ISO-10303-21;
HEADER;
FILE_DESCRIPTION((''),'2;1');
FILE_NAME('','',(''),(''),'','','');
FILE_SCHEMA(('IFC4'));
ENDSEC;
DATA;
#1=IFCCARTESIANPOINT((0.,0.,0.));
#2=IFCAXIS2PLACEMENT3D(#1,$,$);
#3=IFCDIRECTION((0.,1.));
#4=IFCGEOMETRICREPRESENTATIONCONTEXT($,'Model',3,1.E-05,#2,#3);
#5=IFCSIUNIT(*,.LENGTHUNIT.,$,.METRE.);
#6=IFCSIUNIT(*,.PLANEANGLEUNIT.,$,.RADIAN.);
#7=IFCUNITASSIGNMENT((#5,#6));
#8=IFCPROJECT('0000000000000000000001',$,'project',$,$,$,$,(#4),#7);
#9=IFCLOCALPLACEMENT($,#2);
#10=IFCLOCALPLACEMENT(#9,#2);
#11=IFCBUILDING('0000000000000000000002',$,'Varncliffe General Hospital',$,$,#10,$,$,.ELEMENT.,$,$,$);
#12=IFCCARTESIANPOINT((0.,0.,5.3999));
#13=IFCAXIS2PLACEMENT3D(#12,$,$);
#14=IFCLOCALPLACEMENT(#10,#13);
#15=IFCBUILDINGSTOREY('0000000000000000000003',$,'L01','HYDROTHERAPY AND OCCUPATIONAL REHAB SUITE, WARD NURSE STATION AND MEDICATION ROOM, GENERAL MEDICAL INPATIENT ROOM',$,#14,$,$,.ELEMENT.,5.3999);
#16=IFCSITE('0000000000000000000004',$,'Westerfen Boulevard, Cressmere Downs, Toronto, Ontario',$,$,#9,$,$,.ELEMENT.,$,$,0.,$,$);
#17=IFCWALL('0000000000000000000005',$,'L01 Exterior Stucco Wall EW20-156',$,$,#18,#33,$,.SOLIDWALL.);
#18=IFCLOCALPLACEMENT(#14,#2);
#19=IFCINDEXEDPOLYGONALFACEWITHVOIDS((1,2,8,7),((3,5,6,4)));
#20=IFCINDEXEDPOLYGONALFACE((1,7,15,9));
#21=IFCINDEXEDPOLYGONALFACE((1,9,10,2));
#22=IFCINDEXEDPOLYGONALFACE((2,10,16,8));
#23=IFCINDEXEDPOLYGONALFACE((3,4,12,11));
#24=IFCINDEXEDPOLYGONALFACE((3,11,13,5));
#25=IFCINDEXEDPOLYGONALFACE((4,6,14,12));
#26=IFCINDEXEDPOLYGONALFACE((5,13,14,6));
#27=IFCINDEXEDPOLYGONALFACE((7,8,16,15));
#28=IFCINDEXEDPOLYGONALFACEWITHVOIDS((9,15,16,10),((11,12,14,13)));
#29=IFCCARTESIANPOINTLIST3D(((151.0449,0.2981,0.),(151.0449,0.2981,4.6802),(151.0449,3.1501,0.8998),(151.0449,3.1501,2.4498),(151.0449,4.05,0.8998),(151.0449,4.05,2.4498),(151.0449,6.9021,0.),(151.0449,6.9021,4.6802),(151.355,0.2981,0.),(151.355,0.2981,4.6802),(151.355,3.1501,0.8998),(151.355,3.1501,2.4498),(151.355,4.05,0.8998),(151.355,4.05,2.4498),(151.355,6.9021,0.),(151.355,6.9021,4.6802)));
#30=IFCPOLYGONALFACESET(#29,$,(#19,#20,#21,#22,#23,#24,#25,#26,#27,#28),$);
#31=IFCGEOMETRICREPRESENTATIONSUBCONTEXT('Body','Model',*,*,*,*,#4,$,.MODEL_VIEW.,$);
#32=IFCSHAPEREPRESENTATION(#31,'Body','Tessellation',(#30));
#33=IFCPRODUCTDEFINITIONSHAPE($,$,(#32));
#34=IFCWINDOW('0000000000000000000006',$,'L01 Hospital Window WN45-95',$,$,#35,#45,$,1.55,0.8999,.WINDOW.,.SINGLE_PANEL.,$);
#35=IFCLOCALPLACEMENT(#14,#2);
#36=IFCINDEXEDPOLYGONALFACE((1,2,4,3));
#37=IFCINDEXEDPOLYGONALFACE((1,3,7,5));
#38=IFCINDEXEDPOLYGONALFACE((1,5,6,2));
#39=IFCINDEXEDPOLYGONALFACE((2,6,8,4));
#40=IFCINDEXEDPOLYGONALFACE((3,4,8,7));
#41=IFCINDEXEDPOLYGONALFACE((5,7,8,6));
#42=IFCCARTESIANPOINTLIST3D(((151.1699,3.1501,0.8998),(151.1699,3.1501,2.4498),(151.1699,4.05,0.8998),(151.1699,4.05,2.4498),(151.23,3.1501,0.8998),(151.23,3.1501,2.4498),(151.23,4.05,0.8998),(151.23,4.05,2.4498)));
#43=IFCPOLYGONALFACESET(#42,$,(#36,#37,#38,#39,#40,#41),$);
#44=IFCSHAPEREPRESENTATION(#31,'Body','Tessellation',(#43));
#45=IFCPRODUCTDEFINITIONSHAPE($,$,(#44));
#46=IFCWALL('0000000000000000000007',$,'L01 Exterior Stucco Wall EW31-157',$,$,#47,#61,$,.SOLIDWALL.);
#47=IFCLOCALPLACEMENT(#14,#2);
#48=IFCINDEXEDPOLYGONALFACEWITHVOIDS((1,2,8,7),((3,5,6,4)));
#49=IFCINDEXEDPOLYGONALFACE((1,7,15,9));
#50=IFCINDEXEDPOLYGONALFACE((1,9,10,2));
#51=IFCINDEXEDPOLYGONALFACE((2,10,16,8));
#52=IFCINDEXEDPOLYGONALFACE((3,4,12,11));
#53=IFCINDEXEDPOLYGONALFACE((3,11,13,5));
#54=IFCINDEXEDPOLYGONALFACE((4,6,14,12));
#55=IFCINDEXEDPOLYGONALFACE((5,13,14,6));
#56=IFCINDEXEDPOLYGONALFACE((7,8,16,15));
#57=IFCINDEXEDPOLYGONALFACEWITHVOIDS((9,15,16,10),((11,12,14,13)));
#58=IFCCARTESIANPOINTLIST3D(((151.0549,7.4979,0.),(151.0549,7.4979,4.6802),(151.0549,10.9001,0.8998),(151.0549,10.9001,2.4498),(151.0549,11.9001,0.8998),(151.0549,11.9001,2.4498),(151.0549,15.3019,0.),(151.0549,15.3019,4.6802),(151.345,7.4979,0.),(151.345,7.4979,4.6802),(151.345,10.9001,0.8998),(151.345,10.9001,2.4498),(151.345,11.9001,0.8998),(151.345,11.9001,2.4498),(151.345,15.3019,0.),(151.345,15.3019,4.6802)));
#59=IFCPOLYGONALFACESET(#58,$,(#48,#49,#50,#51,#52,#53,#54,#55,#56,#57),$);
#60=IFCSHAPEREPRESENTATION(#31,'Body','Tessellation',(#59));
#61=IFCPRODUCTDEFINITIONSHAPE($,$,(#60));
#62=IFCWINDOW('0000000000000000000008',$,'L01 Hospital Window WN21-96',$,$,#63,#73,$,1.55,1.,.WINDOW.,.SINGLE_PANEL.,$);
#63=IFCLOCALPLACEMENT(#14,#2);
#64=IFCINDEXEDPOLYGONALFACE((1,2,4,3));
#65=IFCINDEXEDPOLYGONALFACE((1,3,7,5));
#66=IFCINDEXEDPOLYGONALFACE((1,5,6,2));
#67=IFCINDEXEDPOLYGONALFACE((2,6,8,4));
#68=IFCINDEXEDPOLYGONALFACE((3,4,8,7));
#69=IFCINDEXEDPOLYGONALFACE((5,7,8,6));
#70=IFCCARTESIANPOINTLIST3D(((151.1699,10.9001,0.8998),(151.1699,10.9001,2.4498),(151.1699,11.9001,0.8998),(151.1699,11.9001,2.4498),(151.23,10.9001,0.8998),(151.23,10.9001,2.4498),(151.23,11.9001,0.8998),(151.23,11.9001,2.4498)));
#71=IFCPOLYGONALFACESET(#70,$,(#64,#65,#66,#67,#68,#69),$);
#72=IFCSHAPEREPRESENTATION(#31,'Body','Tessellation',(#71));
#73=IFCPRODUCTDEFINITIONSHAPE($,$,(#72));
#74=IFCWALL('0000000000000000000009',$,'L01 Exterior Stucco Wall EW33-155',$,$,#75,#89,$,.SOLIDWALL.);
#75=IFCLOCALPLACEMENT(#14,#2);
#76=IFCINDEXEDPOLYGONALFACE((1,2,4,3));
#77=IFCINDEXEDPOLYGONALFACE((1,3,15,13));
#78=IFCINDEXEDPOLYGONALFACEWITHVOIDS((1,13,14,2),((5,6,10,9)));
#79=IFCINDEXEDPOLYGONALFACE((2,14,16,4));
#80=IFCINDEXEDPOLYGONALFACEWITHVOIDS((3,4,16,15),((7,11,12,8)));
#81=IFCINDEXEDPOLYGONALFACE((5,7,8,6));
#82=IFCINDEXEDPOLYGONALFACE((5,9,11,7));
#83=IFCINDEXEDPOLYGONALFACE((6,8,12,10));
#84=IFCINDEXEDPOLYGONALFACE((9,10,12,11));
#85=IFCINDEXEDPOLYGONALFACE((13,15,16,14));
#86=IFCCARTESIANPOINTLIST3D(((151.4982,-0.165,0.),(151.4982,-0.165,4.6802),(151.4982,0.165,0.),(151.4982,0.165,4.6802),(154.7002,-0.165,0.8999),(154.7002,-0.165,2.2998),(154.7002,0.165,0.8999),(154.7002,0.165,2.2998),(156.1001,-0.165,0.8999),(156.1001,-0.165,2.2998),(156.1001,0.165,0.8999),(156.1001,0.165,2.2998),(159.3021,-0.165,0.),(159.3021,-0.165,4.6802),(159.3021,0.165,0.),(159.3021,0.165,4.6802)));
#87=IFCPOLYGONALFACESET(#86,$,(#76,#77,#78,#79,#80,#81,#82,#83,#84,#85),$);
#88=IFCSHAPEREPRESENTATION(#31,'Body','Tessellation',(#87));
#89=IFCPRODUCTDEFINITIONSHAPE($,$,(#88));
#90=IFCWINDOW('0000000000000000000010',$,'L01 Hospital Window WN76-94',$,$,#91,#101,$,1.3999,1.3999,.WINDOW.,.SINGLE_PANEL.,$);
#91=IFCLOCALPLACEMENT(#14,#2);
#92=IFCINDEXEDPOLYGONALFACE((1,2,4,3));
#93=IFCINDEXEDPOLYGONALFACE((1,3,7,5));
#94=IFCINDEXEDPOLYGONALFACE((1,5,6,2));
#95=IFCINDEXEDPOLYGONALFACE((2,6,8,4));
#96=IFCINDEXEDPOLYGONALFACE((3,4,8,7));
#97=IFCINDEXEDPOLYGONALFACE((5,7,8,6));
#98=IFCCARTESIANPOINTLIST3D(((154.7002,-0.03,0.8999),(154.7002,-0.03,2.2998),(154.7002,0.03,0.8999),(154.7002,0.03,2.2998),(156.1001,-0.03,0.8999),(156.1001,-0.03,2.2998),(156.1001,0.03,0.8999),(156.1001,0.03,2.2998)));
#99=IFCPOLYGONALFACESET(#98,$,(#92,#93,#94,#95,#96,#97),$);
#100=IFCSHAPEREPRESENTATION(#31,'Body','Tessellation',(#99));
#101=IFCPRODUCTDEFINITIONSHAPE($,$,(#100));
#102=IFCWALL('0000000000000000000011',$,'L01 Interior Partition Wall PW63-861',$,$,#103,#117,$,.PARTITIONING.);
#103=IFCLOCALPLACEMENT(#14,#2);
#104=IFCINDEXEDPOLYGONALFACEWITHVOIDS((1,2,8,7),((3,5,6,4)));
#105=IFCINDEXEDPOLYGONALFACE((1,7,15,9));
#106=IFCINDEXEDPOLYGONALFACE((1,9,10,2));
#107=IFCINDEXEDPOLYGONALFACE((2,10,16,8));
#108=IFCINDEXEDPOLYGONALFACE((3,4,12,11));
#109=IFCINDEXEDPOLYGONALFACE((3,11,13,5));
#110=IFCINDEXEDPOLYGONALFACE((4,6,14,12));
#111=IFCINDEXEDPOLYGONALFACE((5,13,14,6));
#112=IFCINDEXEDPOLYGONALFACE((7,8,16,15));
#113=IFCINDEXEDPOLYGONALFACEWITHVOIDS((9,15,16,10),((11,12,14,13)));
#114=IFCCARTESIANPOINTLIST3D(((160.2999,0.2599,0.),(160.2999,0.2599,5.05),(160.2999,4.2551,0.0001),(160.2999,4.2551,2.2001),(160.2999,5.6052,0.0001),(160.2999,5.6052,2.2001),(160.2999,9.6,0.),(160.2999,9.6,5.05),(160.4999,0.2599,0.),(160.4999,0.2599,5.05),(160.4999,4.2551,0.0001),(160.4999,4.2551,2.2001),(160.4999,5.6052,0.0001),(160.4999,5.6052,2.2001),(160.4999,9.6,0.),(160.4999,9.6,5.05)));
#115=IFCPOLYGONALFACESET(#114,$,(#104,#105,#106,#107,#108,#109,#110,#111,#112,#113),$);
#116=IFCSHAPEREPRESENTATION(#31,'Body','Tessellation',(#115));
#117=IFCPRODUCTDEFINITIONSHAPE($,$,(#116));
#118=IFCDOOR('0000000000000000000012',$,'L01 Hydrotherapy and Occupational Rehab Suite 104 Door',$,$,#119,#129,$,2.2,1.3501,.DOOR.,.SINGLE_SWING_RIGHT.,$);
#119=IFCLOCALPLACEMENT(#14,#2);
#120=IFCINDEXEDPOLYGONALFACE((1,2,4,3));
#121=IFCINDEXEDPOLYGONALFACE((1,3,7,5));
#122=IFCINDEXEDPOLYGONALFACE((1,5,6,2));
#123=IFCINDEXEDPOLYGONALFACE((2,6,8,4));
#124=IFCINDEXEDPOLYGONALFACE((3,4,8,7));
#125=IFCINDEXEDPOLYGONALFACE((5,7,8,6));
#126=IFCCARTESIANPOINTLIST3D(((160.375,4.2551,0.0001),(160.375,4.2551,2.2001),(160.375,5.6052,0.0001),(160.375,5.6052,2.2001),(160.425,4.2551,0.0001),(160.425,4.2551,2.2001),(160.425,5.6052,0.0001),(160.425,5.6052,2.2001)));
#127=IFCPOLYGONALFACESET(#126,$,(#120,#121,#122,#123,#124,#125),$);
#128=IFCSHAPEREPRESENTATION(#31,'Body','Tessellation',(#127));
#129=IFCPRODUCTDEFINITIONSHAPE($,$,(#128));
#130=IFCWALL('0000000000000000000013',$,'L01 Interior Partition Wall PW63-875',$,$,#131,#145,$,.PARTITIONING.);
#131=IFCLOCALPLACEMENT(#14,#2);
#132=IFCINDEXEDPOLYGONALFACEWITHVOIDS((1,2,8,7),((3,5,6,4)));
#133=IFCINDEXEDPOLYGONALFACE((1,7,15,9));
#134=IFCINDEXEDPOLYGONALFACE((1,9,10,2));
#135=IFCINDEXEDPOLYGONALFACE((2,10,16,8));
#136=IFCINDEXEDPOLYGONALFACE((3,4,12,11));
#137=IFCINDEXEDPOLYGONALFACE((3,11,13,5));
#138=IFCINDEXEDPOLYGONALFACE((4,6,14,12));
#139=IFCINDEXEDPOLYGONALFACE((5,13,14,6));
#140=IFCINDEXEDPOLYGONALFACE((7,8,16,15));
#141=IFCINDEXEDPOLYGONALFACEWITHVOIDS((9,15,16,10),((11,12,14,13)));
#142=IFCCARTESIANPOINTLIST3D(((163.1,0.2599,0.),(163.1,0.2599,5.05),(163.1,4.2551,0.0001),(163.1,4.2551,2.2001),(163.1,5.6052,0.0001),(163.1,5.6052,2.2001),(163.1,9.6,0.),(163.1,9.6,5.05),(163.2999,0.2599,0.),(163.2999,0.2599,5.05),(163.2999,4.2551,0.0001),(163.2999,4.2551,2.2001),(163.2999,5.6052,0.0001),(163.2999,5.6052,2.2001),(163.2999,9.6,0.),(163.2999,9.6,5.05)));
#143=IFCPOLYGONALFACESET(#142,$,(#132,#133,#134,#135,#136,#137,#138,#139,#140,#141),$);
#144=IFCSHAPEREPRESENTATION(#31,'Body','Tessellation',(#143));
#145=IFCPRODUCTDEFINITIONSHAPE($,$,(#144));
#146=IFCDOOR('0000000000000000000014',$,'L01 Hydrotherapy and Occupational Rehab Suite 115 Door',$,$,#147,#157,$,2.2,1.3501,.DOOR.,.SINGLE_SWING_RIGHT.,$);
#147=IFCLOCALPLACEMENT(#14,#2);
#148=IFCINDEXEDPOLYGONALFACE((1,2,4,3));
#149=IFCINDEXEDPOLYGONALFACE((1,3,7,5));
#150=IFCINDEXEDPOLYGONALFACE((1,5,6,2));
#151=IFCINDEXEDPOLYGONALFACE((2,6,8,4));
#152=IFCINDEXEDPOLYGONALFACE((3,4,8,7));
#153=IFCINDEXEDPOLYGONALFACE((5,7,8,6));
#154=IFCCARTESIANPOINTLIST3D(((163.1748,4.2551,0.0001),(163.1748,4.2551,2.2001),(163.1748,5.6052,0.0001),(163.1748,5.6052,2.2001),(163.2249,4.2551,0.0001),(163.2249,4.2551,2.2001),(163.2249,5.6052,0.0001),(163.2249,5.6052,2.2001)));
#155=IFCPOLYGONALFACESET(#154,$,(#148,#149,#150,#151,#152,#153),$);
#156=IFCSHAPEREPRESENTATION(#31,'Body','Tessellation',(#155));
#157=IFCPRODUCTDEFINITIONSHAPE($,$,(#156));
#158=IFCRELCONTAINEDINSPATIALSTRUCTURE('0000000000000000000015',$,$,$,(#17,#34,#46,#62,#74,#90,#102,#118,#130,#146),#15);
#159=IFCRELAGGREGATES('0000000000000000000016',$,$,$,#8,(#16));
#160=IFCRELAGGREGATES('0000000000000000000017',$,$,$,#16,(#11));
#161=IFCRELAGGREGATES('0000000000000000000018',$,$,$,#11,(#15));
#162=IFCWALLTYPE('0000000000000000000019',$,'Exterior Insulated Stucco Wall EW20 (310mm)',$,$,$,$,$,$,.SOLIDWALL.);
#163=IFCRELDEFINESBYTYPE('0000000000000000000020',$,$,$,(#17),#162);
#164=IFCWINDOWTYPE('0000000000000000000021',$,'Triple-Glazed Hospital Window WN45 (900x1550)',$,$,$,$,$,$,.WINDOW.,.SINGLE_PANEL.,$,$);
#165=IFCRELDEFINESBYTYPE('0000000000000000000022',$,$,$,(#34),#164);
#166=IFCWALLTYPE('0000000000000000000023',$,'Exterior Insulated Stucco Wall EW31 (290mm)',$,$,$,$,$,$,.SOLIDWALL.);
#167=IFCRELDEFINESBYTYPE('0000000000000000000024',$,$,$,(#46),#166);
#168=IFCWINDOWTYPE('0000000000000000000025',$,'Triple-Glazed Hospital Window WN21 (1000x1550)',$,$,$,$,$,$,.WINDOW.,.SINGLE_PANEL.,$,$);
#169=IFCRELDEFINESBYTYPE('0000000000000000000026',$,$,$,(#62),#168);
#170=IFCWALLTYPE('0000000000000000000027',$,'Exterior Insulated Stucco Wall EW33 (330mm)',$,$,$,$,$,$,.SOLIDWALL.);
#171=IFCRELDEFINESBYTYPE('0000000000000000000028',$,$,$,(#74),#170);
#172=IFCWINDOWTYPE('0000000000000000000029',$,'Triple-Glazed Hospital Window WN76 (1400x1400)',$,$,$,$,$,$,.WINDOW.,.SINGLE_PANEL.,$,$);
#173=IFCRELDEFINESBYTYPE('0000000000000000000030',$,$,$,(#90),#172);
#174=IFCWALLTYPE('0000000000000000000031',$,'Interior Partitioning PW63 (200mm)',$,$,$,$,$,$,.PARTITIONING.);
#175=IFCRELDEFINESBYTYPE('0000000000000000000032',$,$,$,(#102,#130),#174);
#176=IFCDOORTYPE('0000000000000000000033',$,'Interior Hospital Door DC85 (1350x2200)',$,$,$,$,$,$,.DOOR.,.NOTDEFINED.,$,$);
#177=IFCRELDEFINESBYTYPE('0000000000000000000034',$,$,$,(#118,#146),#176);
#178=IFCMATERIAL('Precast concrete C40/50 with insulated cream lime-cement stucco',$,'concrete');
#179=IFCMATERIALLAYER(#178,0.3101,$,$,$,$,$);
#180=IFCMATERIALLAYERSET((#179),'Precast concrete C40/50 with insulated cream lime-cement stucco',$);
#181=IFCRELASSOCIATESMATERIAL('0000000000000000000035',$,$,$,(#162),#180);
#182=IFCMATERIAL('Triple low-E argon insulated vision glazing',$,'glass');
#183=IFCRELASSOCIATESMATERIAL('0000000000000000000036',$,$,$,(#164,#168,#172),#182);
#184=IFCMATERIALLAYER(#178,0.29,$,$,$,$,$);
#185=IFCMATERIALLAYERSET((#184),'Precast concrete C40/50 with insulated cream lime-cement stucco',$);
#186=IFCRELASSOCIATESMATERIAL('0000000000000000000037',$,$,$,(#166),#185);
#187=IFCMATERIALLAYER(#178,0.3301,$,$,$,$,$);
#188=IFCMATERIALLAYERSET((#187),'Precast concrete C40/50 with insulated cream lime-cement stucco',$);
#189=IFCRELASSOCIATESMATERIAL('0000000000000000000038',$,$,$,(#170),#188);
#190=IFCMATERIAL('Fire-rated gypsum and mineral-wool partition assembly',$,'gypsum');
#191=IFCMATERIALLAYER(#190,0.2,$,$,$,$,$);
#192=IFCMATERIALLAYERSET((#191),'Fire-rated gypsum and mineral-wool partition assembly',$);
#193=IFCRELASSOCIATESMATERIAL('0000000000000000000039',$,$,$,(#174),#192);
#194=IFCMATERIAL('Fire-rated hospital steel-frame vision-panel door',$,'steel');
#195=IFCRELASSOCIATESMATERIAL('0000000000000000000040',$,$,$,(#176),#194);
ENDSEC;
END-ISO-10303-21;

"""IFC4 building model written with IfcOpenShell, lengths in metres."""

from ifc_helpers import new_model, si_unit, direction, frame, frame_2d, origin, place, context, subcontext, project, spatial, rectangle, extrude, material, layer, layer_set, type_object, element, fill, save


model = new_model("IFC4")

# Units and contexts
model_context = context("Model", 3, precision=1e-05, world=origin(), true_north=direction((0.0, 1.0)))
body_context = subcontext(model_context, "Body", "Model", "MODEL_VIEW")
ifc_project = project(units=[si_unit("LENGTHUNIT", "METRE"), si_unit("PLANEANGLEUNIT", "RADIAN")], contexts=[model_context])

# Site, building, storey
site_placement = place(None, origin())
site = spatial("IfcSite", under=ifc_project, at=site_placement, Name="Westerfen Boulevard, Cressmere Downs, Toronto, Ontario", CompositionType="ELEMENT", RefElevation=0.0)
building_placement = place(site_placement, origin())
building = spatial("IfcBuilding", under=site, at=building_placement, Name="Varncliffe General Hospital", CompositionType="ELEMENT")
storey_placement = place(building_placement, frame((0.0, 0.0, 5.3999)))
storey = spatial("IfcBuildingStorey", under=building, at=storey_placement, Name="L01", Description="HYDROTHERAPY AND OCCUPATIONAL REHAB SUITE, WARD NURSE STATION AND MEDICATION ROOM, GENERAL MEDICAL INPATIENT ROOM", CompositionType="ELEMENT", Elevation=5.3999)

# Walls, openings, windows
ifc_material_1 = material(Name="Precast concrete C40/50 with insulated cream lime-cement stucco", Category="concrete")
ifc_layer_1 = layer(ifc_material_1, 0.3101)
ifc_layer_set_1 = layer_set([ifc_layer_1], Name="Precast concrete C40/50 with insulated cream lime-cement stucco")
wall_type_1 = type_object("IfcWallType", Name="Exterior Insulated Stucco Wall EW20 (310mm)", PredefinedType="SOLIDWALL", material=ifc_layer_set_1)
wall_1_placement = place(storey_placement, frame((151.2, 0.2981, 0.0), z_axis=(0.0, 0.0, 1.0), x_axis=(0.0, 1.0, 0.0)))
wall_1 = element("IfcWall", 1, at=wall_1_placement, inside=storey, type_object=wall_type_1, Name="L01 Exterior Stucco Wall EW20-156", PredefinedType="SOLIDWALL", context=body_context, shape_type="SweptSolid", body=[
    extrude(rectangle(XDim=6.604, YDim=0.3101, at=frame_2d((3.302, 0.0))), origin(), (0.0, 0.0, 1.0), 4.6802),
])
opening_1_placement = place(wall_1_placement, frame((2.8521, 0.0, 0.8999)))
opening_1 = element("IfcOpeningElement", 2, at=opening_1_placement, cuts=wall_1, PredefinedType="OPENING", context=body_context, shape_type="SweptSolid", body=[
    extrude(rectangle(XDim=0.8999, YDim=1.55, at=frame_2d((0.45, 0.7749))), frame((0.0, 0.165, 0.0), z_axis=(0.0, -1.0, 0.0), x_axis=(1.0, 0.0, 0.0)), (0.0, 0.0, 1.0), 0.3301),
])
ifc_material_2 = material(Name="Triple low-E argon insulated vision glazing", Category="glass")
window_type_1 = type_object("IfcWindowType", Name="Triple-Glazed Hospital Window WN45 (900x1550)", PartitioningType="SINGLE_PANEL", PredefinedType="WINDOW", material=ifc_material_2)
window_1_placement = place(opening_1_placement, origin())
window_1 = element("IfcWindow", 3, at=window_1_placement, inside=storey, type_object=window_type_1, Name="L01 Hospital Window WN45-95", OverallHeight=1.55, OverallWidth=0.8999, PartitioningType="SINGLE_PANEL", PredefinedType="WINDOW", context=body_context, shape_type="SweptSolid", body=[
    extrude(rectangle(XDim=0.8999, YDim=1.55, at=frame_2d((0.45, 0.7749))), frame((0.0, 0.03, 0.0), z_axis=(0.0, -1.0, 0.0), x_axis=(1.0, 0.0, 0.0)), (0.0, 0.0, 1.0), 0.0601),
])
fill(opening_1, window_1)
ifc_layer_2 = layer(ifc_material_1, 0.29)
ifc_layer_set_2 = layer_set([ifc_layer_2], Name="Precast concrete C40/50 with insulated cream lime-cement stucco")
wall_type_2 = type_object("IfcWallType", Name="Exterior Insulated Stucco Wall EW31 (290mm)", PredefinedType="SOLIDWALL", material=ifc_layer_set_2)
wall_2_placement = place(storey_placement, frame((151.2, 7.498, 0.0), z_axis=(0.0, 0.0, 1.0), x_axis=(0.0, 1.0, 0.0)))
wall_2 = element("IfcWall", 4, at=wall_2_placement, inside=storey, type_object=wall_type_2, Name="L01 Exterior Stucco Wall EW31-157", PredefinedType="SOLIDWALL", context=body_context, shape_type="SweptSolid", body=[
    extrude(rectangle(XDim=7.804, YDim=0.29, at=frame_2d((3.9019, 0.0))), origin(), (0.0, 0.0, 1.0), 4.6802),
])
opening_2_placement = place(wall_2_placement, frame((3.4021, 0.0, 0.8999)))
opening_2 = element("IfcOpeningElement", 5, at=opening_2_placement, cuts=wall_2, PredefinedType="OPENING", context=body_context, shape_type="SweptSolid", body=[
    extrude(rectangle(XDim=1.0, YDim=1.55, at=frame_2d((0.5, 0.7749))), frame((0.0, 0.155, 0.0), z_axis=(0.0, -1.0, 0.0), x_axis=(1.0, 0.0, 0.0)), (0.0, 0.0, 1.0), 0.3101),
])
window_type_2 = type_object("IfcWindowType", Name="Triple-Glazed Hospital Window WN21 (1000x1550)", PartitioningType="SINGLE_PANEL", PredefinedType="WINDOW", material=ifc_material_2)
window_2_placement = place(opening_2_placement, origin())
window_2 = element("IfcWindow", 6, at=window_2_placement, inside=storey, type_object=window_type_2, Name="L01 Hospital Window WN21-96", OverallHeight=1.55, OverallWidth=1.0, PartitioningType="SINGLE_PANEL", PredefinedType="WINDOW", context=body_context, shape_type="SweptSolid", body=[
    extrude(rectangle(XDim=1.0, YDim=1.55, at=frame_2d((0.5, 0.7749))), frame((0.0, 0.03, 0.0), z_axis=(0.0, -1.0, 0.0), x_axis=(1.0, 0.0, 0.0)), (0.0, 0.0, 1.0), 0.0601),
])
fill(opening_2, window_2)
ifc_layer_3 = layer(ifc_material_1, 0.3301)
ifc_layer_set_3 = layer_set([ifc_layer_3], Name="Precast concrete C40/50 with insulated cream lime-cement stucco")
wall_type_3 = type_object("IfcWallType", Name="Exterior Insulated Stucco Wall EW33 (330mm)", PredefinedType="SOLIDWALL", material=ifc_layer_set_3)
wall_3_placement = place(storey_placement, frame((159.302, 0.0, 0.0), z_axis=(0.0, 0.0, 1.0), x_axis=(-1.0, 0.0, 0.0)))
wall_3 = element("IfcWall", 7, at=wall_3_placement, inside=storey, type_object=wall_type_3, Name="L01 Exterior Stucco Wall EW33-155", PredefinedType="SOLIDWALL", context=body_context, shape_type="SweptSolid", body=[
    extrude(rectangle(XDim=7.804, YDim=0.3301, at=frame_2d((3.9019, 0.0))), origin(), (0.0, 0.0, 1.0), 4.6802),
])
opening_3_placement = place(wall_3_placement, frame((3.2019, 0.0, 0.8999)))
opening_3 = element("IfcOpeningElement", 8, at=opening_3_placement, cuts=wall_3, PredefinedType="OPENING", context=body_context, shape_type="SweptSolid", body=[
    extrude(rectangle(XDim=1.3999, YDim=1.3999, at=frame_2d((0.7, 0.7))), frame((0.0, 0.175, 0.0), z_axis=(0.0, -1.0, 0.0), x_axis=(1.0, 0.0, 0.0)), (0.0, 0.0, 1.0), 0.3501),
])
window_type_3 = type_object("IfcWindowType", Name="Triple-Glazed Hospital Window WN76 (1400x1400)", PartitioningType="SINGLE_PANEL", PredefinedType="WINDOW", material=ifc_material_2)
window_3_placement = place(opening_3_placement, origin())
window_3 = element("IfcWindow", 9, at=window_3_placement, inside=storey, type_object=window_type_3, Name="L01 Hospital Window WN76-94", OverallHeight=1.3999, OverallWidth=1.3999, PartitioningType="SINGLE_PANEL", PredefinedType="WINDOW", context=body_context, shape_type="SweptSolid", body=[
    extrude(rectangle(XDim=1.3999, YDim=1.3999, at=frame_2d((0.7, 0.7))), frame((0.0, 0.03, 0.0), z_axis=(0.0, -1.0, 0.0), x_axis=(1.0, 0.0, 0.0)), (0.0, 0.0, 1.0), 0.0601),
])
fill(opening_3, window_3)

# Walls, openings, doors
ifc_material_3 = material(Name="Fire-rated gypsum and mineral-wool partition assembly", Category="gypsum")
ifc_layer_4 = layer(ifc_material_3, 0.2)
ifc_layer_set_4 = layer_set([ifc_layer_4], Name="Fire-rated gypsum and mineral-wool partition assembly")
wall_type_4 = type_object("IfcWallType", Name="Interior Partitioning PW63 (200mm)", PredefinedType="PARTITIONING", material=ifc_layer_set_4)
wall_4_placement = place(storey_placement, frame((160.3999, 0.26, 0.0), z_axis=(0.0, 0.0, 1.0), x_axis=(0.0, 1.0, 0.0)))
wall_4 = element("IfcWall", 10, at=wall_4_placement, inside=storey, type_object=wall_type_4, Name="L01 Interior Partition Wall PW63-861", PredefinedType="PARTITIONING", context=body_context, shape_type="SweptSolid", body=[
    extrude(rectangle(XDim=9.3401, YDim=0.2, at=frame_2d((4.6699, 0.0))), origin(), (0.0, 0.0, 1.0), 5.05),
])
opening_4_placement = place(wall_4_placement, frame((3.9951, 0.0, 0.0)))
opening_4 = element("IfcOpeningElement", 11, at=opening_4_placement, cuts=wall_4, PredefinedType="OPENING", context=body_context, shape_type="SweptSolid", body=[
    extrude(rectangle(XDim=1.3501, YDim=2.2, at=frame_2d((0.675, 1.1001))), frame((0.0, 0.1099, 0.0), z_axis=(0.0, -1.0, 0.0), x_axis=(1.0, 0.0, 0.0)), (0.0, 0.0, 1.0), 0.22),
])
ifc_material_4 = material(Name="Fire-rated hospital steel-frame vision-panel door", Category="steel")
door_type = type_object("IfcDoorType", Name="Interior Hospital Door DC85 (1350x2200)", OperationType="NOTDEFINED", PredefinedType="DOOR", material=ifc_material_4)
door_1_placement = place(opening_4_placement, origin())
door_1 = element("IfcDoor", 12, at=door_1_placement, inside=storey, type_object=door_type, Name="L01 Hydrotherapy and Occupational Rehab Suite 104 Door", OperationType="SINGLE_SWING_RIGHT", OverallHeight=2.2, OverallWidth=1.3501, PredefinedType="DOOR", context=body_context, shape_type="SweptSolid", body=[
    extrude(rectangle(XDim=1.3501, YDim=2.2, at=frame_2d((0.675, 1.1001))), frame((0.0, 0.0249, 0.0), z_axis=(0.0, -1.0, 0.0), x_axis=(1.0, 0.0, 0.0)), (0.0, 0.0, 1.0), 0.05),
])
fill(opening_4, door_1)
wall_5_placement = place(storey_placement, frame((163.2, 0.26, 0.0), z_axis=(0.0, 0.0, 1.0), x_axis=(0.0, 1.0, 0.0)))
wall_5 = element("IfcWall", 13, at=wall_5_placement, inside=storey, type_object=wall_type_4, Name="L01 Interior Partition Wall PW63-875", PredefinedType="PARTITIONING", context=body_context, shape_type="SweptSolid", body=[
    extrude(rectangle(XDim=9.3401, YDim=0.2, at=frame_2d((4.6699, 0.0))), origin(), (0.0, 0.0, 1.0), 5.05),
])
opening_5_placement = place(wall_5_placement, frame((3.9951, 0.0, 0.0)))
opening_5 = element("IfcOpeningElement", 14, at=opening_5_placement, cuts=wall_5, PredefinedType="OPENING", context=body_context, shape_type="SweptSolid", body=[
    extrude(rectangle(XDim=1.3501, YDim=2.2, at=frame_2d((0.675, 1.1001))), frame((0.0, 0.1099, 0.0), z_axis=(0.0, -1.0, 0.0), x_axis=(1.0, 0.0, 0.0)), (0.0, 0.0, 1.0), 0.22),
])
door_2_placement = place(opening_5_placement, frame((1.3501, 0.0, 0.0), z_axis=(0.0, 0.0, 1.0), x_axis=(-1.0, 0.0, 0.0)))
door_2 = element("IfcDoor", 15, at=door_2_placement, inside=storey, type_object=door_type, Name="L01 Hydrotherapy and Occupational Rehab Suite 115 Door", OperationType="SINGLE_SWING_RIGHT", OverallHeight=2.2, OverallWidth=1.3501, PredefinedType="DOOR", context=body_context, shape_type="SweptSolid", body=[
    extrude(rectangle(XDim=1.3501, YDim=2.2, at=frame_2d((0.675, 1.1001))), frame((0.0, 0.0249, 0.0), z_axis=(0.0, -1.0, 0.0), x_axis=(1.0, 0.0, 0.0)), (0.0, 0.0, 1.0), 0.05),
])
fill(opening_5, door_2)

save(model, "model.ifc")
